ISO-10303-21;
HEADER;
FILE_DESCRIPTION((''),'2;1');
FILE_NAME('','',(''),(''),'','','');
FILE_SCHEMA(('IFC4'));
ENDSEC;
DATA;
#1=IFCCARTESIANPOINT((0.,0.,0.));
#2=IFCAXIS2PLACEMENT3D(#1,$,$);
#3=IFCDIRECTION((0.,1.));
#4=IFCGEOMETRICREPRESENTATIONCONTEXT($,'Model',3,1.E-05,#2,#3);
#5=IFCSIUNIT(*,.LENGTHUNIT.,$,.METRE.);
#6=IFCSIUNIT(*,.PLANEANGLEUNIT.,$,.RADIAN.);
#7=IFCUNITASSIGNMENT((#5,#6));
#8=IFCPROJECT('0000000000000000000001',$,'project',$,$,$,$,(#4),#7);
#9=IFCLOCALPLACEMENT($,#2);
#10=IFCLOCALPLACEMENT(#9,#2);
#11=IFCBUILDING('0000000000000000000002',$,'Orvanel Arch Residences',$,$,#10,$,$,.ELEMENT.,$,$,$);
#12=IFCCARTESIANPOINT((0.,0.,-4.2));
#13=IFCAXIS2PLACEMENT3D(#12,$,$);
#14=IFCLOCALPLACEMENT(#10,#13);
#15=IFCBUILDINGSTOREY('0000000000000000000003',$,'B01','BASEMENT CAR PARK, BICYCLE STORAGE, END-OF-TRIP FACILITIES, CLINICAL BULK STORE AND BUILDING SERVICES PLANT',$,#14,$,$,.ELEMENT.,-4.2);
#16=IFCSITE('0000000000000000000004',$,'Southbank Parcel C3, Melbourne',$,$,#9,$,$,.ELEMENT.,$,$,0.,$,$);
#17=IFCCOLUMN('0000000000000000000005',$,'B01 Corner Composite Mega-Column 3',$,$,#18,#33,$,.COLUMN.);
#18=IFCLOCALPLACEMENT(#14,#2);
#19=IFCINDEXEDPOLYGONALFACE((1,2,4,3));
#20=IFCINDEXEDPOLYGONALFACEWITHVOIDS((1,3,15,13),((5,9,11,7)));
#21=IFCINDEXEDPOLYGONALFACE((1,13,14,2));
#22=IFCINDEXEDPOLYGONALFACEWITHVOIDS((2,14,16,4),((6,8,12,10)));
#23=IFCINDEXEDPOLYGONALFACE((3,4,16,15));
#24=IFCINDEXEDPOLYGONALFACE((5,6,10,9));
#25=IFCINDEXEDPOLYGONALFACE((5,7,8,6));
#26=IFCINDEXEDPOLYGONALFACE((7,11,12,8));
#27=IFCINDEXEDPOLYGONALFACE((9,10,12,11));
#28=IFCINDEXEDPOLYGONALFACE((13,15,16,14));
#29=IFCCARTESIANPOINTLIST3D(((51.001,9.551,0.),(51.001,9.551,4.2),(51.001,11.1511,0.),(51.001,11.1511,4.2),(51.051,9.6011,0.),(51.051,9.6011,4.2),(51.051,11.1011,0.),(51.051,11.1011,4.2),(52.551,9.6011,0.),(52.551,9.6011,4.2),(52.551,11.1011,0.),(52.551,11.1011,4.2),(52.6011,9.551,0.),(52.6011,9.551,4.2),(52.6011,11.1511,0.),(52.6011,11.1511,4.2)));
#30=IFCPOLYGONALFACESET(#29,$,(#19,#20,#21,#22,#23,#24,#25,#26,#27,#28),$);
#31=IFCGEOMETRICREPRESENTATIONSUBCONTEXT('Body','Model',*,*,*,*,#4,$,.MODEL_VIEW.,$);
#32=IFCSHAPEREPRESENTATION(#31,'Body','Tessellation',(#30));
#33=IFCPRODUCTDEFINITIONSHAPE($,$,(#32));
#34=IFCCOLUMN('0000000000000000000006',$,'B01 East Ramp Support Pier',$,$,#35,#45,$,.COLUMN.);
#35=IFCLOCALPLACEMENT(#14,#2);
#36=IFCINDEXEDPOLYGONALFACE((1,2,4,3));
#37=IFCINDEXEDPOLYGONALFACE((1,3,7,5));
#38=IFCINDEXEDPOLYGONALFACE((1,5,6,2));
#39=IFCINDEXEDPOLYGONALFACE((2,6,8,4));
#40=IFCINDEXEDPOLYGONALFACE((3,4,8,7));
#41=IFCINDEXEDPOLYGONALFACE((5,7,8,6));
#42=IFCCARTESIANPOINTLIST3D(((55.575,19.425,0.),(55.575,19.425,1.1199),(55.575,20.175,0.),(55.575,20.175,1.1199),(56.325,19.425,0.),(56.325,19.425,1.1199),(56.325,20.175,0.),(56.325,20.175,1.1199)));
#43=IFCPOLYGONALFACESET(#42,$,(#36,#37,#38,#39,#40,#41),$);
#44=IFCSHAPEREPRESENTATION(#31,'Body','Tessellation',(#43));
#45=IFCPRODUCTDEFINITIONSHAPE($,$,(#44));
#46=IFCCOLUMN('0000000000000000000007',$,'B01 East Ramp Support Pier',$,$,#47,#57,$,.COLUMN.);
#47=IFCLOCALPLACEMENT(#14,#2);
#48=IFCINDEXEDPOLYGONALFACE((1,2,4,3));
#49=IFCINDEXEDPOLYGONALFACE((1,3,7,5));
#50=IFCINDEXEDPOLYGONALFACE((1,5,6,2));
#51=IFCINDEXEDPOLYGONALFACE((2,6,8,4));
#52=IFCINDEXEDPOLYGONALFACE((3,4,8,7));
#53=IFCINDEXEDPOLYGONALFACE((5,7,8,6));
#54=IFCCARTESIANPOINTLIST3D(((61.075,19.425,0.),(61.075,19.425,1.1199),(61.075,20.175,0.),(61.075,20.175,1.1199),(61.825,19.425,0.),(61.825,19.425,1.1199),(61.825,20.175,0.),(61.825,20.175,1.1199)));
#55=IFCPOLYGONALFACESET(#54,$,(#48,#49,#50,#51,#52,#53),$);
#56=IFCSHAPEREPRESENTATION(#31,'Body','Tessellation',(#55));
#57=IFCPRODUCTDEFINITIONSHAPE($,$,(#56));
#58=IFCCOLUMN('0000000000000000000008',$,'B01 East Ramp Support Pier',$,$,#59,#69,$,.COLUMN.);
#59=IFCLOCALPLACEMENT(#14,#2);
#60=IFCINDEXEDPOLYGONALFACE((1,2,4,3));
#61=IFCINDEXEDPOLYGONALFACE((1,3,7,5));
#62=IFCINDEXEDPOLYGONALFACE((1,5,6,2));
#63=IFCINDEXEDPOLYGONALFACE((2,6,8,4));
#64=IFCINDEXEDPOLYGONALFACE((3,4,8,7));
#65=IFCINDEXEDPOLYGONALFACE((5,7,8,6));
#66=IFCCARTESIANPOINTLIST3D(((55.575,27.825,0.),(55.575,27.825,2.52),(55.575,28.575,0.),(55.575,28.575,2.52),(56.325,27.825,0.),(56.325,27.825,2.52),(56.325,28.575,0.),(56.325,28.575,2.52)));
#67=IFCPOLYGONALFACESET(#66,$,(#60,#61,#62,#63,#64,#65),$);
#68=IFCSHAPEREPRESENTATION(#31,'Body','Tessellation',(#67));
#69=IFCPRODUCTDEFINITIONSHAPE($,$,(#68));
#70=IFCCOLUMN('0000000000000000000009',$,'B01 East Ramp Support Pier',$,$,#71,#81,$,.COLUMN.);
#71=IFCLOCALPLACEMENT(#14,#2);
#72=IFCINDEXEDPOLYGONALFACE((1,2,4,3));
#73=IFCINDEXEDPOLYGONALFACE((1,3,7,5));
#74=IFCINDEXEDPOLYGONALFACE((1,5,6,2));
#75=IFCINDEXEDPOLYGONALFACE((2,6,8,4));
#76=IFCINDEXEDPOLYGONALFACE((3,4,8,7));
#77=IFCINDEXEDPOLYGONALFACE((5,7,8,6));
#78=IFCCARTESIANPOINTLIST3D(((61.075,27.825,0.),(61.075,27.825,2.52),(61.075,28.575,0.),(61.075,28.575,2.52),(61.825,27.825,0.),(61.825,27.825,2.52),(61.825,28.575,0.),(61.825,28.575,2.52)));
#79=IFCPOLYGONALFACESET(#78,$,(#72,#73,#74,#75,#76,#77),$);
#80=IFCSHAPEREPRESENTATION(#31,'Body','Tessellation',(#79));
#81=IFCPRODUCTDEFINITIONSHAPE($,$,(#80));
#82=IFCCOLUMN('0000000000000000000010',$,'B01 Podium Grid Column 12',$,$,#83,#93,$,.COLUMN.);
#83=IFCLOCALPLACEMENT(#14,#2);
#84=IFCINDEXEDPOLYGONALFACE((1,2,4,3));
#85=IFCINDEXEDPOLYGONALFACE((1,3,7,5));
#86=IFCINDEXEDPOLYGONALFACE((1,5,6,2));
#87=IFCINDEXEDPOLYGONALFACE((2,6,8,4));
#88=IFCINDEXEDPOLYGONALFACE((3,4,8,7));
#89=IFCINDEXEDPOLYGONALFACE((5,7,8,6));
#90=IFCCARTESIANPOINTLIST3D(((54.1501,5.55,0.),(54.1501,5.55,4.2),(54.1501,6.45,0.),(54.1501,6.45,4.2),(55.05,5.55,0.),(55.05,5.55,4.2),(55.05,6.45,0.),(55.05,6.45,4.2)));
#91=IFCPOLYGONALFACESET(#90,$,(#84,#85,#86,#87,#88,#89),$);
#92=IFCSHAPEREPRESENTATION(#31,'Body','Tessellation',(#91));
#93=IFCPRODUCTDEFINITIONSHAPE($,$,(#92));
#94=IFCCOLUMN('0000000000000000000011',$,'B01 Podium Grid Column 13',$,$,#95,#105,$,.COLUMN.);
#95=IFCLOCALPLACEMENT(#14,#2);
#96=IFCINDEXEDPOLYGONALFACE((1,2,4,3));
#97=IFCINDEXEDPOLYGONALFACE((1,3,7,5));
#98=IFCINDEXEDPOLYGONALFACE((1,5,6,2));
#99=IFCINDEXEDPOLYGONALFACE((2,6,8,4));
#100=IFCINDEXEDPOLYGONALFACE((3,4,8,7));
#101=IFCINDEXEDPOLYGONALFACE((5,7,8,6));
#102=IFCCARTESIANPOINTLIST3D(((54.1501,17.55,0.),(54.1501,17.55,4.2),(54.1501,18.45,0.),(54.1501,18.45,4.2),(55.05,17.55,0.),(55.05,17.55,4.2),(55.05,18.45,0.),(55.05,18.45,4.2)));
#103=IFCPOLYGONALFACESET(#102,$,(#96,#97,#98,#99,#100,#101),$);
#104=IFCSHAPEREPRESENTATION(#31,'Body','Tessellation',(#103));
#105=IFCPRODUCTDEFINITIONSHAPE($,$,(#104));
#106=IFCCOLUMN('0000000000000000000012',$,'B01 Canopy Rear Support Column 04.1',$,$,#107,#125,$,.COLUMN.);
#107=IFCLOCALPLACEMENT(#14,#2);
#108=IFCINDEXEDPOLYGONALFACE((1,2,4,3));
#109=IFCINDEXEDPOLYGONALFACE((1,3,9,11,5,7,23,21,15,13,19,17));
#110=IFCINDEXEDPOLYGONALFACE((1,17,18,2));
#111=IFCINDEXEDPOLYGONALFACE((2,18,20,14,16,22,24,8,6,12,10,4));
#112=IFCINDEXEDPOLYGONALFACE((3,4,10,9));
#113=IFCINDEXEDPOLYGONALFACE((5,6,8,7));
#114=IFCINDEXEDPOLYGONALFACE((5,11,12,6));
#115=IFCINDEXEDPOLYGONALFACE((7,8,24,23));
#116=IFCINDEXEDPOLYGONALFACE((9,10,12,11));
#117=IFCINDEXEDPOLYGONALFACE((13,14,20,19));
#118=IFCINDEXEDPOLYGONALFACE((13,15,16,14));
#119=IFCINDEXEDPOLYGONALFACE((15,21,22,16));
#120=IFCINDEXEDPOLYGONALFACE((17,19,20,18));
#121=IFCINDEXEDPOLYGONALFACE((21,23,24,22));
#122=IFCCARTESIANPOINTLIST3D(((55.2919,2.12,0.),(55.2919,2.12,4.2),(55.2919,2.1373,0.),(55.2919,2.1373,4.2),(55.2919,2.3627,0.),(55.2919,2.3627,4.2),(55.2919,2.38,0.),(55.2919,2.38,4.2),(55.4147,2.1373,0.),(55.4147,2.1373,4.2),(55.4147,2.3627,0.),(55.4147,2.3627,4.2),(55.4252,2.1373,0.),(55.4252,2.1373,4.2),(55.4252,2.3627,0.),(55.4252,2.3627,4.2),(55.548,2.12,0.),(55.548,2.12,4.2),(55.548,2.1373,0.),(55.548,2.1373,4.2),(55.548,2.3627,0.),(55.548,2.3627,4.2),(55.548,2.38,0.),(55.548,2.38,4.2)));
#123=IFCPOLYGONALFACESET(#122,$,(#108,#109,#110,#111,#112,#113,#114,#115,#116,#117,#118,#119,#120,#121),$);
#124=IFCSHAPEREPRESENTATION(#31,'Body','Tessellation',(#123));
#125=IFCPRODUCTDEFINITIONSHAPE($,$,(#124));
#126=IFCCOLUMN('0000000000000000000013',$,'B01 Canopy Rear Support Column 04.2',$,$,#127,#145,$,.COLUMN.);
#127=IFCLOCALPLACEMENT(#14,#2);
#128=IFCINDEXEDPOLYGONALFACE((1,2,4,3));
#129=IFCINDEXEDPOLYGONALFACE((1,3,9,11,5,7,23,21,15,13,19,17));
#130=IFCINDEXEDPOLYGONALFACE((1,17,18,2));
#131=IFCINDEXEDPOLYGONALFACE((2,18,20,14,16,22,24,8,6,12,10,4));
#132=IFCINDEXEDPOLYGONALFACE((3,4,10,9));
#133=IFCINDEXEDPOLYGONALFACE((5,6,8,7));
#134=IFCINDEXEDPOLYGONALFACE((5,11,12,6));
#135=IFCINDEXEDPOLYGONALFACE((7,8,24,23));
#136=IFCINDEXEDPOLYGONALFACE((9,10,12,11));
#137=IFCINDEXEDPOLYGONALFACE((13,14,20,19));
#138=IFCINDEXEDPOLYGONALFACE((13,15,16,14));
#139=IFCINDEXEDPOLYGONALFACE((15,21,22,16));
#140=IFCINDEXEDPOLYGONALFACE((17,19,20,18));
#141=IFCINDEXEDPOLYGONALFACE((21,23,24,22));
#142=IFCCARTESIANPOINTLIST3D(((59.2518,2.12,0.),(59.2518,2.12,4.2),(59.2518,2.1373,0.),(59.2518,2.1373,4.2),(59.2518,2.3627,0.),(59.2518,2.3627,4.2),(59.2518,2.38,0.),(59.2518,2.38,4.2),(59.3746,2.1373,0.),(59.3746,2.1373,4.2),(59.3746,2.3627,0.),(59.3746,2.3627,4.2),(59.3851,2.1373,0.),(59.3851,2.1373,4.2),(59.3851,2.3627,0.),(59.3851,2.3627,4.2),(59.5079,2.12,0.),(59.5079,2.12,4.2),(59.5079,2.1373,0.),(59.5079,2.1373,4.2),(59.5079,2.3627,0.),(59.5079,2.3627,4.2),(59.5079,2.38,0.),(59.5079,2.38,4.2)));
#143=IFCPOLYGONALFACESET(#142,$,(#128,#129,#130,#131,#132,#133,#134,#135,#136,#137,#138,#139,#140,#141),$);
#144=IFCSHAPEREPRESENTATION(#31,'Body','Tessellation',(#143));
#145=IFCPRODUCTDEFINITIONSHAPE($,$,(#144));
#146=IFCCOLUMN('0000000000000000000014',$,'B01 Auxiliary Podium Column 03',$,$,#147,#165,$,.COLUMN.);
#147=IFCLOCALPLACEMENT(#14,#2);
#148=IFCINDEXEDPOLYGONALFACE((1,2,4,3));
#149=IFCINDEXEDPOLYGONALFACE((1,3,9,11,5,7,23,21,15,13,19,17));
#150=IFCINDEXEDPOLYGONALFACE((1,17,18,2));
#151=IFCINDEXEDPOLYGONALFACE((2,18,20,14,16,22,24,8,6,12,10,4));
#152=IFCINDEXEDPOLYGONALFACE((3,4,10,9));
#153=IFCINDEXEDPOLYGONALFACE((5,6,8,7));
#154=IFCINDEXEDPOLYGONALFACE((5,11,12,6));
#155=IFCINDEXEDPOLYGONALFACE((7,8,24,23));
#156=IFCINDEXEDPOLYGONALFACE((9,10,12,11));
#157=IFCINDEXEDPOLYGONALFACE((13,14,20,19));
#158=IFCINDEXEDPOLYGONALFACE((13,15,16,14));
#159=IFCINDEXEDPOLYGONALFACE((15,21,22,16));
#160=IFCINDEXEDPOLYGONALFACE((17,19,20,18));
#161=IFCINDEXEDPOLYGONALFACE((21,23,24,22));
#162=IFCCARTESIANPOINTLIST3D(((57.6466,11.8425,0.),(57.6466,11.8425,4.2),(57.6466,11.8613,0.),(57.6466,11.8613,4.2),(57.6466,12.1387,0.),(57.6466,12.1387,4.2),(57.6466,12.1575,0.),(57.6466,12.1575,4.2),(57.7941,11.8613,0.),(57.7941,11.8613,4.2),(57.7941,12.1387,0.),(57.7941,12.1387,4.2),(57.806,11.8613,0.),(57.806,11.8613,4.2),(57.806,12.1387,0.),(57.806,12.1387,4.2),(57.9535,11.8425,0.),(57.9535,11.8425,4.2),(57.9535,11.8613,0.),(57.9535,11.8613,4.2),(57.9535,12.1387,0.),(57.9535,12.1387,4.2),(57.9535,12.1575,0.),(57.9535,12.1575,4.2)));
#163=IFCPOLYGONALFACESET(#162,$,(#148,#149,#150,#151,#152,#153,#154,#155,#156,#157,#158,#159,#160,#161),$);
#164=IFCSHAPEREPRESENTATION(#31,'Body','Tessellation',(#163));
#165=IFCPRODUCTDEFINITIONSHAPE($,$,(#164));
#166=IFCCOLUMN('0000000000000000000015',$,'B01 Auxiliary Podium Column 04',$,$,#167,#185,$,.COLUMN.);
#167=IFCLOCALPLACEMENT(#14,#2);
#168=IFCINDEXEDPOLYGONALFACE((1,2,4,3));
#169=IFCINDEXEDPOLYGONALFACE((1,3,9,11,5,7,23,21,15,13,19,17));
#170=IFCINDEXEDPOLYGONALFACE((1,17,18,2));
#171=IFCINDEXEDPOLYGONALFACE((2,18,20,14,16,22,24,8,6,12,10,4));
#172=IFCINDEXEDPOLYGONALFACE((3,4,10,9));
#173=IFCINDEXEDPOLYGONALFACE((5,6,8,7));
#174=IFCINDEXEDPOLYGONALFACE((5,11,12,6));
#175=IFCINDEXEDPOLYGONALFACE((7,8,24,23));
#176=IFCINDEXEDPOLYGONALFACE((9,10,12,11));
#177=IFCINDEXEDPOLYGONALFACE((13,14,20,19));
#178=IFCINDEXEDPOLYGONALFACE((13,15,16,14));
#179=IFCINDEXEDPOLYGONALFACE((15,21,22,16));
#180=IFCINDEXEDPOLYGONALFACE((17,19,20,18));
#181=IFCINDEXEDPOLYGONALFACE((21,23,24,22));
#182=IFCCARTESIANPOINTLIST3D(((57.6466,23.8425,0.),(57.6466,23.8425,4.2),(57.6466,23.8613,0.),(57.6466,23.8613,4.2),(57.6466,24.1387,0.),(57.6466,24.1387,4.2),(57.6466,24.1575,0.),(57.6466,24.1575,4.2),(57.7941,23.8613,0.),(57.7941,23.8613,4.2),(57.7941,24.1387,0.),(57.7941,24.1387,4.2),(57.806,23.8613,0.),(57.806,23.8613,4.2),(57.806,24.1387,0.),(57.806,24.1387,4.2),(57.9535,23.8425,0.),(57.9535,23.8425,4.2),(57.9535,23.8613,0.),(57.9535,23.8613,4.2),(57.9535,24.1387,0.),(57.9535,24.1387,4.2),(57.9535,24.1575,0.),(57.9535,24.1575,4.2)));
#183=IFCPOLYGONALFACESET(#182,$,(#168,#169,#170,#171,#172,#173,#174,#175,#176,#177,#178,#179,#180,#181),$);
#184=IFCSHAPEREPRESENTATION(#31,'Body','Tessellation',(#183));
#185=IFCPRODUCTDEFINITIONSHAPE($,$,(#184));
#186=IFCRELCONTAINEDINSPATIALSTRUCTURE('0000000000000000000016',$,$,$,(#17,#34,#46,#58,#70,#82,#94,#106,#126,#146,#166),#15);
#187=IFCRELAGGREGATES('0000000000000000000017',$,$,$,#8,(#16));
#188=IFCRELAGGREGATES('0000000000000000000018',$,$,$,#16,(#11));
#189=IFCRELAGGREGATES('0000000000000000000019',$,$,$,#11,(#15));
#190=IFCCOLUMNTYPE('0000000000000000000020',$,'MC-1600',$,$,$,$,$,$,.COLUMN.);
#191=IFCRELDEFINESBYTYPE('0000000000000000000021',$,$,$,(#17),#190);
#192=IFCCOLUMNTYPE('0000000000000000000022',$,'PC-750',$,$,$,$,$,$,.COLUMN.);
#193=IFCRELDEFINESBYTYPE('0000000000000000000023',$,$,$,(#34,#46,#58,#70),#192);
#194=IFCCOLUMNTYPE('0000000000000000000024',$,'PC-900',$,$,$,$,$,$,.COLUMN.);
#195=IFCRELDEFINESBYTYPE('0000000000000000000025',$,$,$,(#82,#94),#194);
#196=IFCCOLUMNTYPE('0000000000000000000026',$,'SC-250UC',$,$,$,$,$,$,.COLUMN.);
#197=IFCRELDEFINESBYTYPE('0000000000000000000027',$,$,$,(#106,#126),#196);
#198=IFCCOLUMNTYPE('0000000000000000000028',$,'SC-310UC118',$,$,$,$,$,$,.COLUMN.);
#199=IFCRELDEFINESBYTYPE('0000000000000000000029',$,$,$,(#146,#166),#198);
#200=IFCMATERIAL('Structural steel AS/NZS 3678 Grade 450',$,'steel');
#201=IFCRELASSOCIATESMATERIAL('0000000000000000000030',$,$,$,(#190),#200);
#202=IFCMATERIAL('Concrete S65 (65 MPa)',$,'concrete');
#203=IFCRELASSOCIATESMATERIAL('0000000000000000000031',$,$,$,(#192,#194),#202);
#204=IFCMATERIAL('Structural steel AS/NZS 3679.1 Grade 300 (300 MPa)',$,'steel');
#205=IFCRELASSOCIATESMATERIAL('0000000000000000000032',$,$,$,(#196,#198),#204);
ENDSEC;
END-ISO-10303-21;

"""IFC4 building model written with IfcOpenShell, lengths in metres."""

from ifc_helpers import new_model, si_unit, direction, frame, origin, origin_2d, place, context, subcontext, project, spatial, rectangle, hollow_rectangle, i_section, extrude, material, material_profile, profile_set, type_object, element, save


model = new_model("IFC4")

# Units and contexts
model_context = context("Model", 3, precision=1e-05, world=origin(), true_north=direction((0.0, 1.0)))
body_context = subcontext(model_context, "Body", "Model", "MODEL_VIEW")
ifc_project = project(units=[si_unit("LENGTHUNIT", "METRE"), si_unit("PLANEANGLEUNIT", "RADIAN")], contexts=[model_context])

# Site, building, storey
site_placement = place(None, origin())
site = spatial("IfcSite", under=ifc_project, at=site_placement, Name="Southbank Parcel C3, Melbourne", CompositionType="ELEMENT", RefElevation=0.0)
building_placement = place(site_placement, origin())
building = spatial("IfcBuilding", under=site, at=building_placement, Name="Orvanel Arch Residences", CompositionType="ELEMENT")
storey_placement = place(building_placement, frame((0.0, 0.0, -4.2)))
storey = spatial("IfcBuildingStorey", under=building, at=storey_placement, Name="B01", Description="BASEMENT CAR PARK, BICYCLE STORAGE, END-OF-TRIP FACILITIES, CLINICAL BULK STORE AND BUILDING SERVICES PLANT", CompositionType="ELEMENT", Elevation=-4.2)

# Columns
ifc_material_1 = material(Name="Structural steel AS/NZS 3678 Grade 450", Category="steel")
ifc_material_profile_1 = material_profile(ifc_material_1, hollow_rectangle(XDim=1.6001, YDim=1.6001, WallThickness=0.05, at=origin_2d()), Name="BOX1600x1600x50")
ifc_profile_set_1 = profile_set([ifc_material_profile_1], Name="Structural steel AS/NZS 3678 Grade 450")
column_type_1 = type_object("IfcColumnType", Name="MC-1600", PredefinedType="COLUMN", material=ifc_profile_set_1)
column_1_placement = place(storey_placement, frame((51.801, 10.3511, 0.0), z_axis=(0.0, 0.0, 1.0), x_axis=(1.0, 0.0, 0.0)))
element("IfcColumn", 1, at=column_1_placement, inside=storey, type_object=column_type_1, Name="B01 Corner Composite Mega-Column 3", PredefinedType="COLUMN", context=body_context, shape_type="SweptSolid", body=[
    extrude(hollow_rectangle(XDim=1.6001, YDim=1.6001, WallThickness=0.05, at=origin_2d()), origin(), (0.0, 0.0, 1.0), 4.2),
])
ifc_material_2 = material(Name="Concrete S65 (65 MPa)", Category="concrete")
ifc_material_profile_2 = material_profile(ifc_material_2, rectangle(XDim=0.75, YDim=0.75, at=origin_2d()), Name="RC750x750")
ifc_profile_set_2 = profile_set([ifc_material_profile_2], Name="Concrete S65 (65 MPa)")
column_type_2 = type_object("IfcColumnType", Name="PC-750", PredefinedType="COLUMN", material=ifc_profile_set_2)
for number, where, z_axis, x_axis, name in (
    (2, (55.95, 19.8, 0.0), (0.0, 0.0, 1.0), (1.0, 0.0, 0.0), "B01 East Ramp Support Pier"),
    (3, (61.45, 19.8, 0.0), (0.0, 0.0, 1.0), (1.0, 0.0, 0.0), "B01 East Ramp Support Pier"),
):
    element("IfcColumn", number, at=place(storey_placement, frame(where, z_axis=z_axis, x_axis=x_axis)), inside=storey, type_object=column_type_2, Name=name, PredefinedType="COLUMN", context=body_context, shape_type="SweptSolid", body=[
        extrude(rectangle(XDim=0.75, YDim=0.75, at=origin_2d()), origin(), (0.0, 0.0, 1.0), 1.1199),
    ])
for number, where, z_axis, x_axis, name in (
    (4, (55.95, 28.2, 0.0), (0.0, 0.0, 1.0), (1.0, 0.0, 0.0), "B01 East Ramp Support Pier"),
    (5, (61.45, 28.2, 0.0), (0.0, 0.0, 1.0), (1.0, 0.0, 0.0), "B01 East Ramp Support Pier"),
):
    element("IfcColumn", number, at=place(storey_placement, frame(where, z_axis=z_axis, x_axis=x_axis)), inside=storey, type_object=column_type_2, Name=name, PredefinedType="COLUMN", context=body_context, shape_type="SweptSolid", body=[
        extrude(rectangle(XDim=0.75, YDim=0.75, at=origin_2d()), origin(), (0.0, 0.0, 1.0), 2.52),
    ])
ifc_material_profile_3 = material_profile(ifc_material_2, rectangle(XDim=0.8999, YDim=0.8999, at=origin_2d()), Name="RC900x900")
ifc_profile_set_3 = profile_set([ifc_material_profile_3], Name="Concrete S65 (65 MPa)")
column_type_3 = type_object("IfcColumnType", Name="PC-900", PredefinedType="COLUMN", material=ifc_profile_set_3)
for number, where, z_axis, x_axis, name in (
    (6, (54.6001, 6.0, 0.0), (0.0, 0.0, 1.0), (1.0, 0.0, 0.0), "B01 Podium Grid Column 12"),
    (7, (54.6001, 18.0, 0.0), (0.0, 0.0, 1.0), (1.0, 0.0, 0.0), "B01 Podium Grid Column 13"),
):
    element("IfcColumn", number, at=place(storey_placement, frame(where, z_axis=z_axis, x_axis=x_axis)), inside=storey, type_object=column_type_3, Name=name, PredefinedType="COLUMN", context=body_context, shape_type="SweptSolid", body=[
        extrude(rectangle(XDim=0.8999, YDim=0.8999, at=origin_2d()), origin(), (0.0, 0.0, 1.0), 4.2),
    ])
ifc_material_3 = material(Name="Structural steel AS/NZS 3679.1 Grade 300 (300 MPa)", Category="steel")
ifc_material_profile_4 = material_profile(ifc_material_3, i_section(OverallWidth=0.2561, OverallDepth=0.26, WebThickness=0.0105, FlangeThickness=0.0173, at=origin_2d()), Name="250UC89.5")
ifc_profile_set_4 = profile_set([ifc_material_profile_4], Name="Structural steel AS/NZS 3679.1 Grade 300 (300 MPa)")
column_type_4 = type_object("IfcColumnType", Name="SC-250UC", PredefinedType="COLUMN", material=ifc_profile_set_4)
for number, where, z_axis, x_axis, name in (
    (8, (55.4199, 2.25, 0.0), (0.0, 0.0, 1.0), (1.0, 0.0, 0.0), "B01 Canopy Rear Support Column 04.1"),
    (9, (59.3799, 2.25, 0.0), (0.0, 0.0, 1.0), (1.0, 0.0, 0.0), "B01 Canopy Rear Support Column 04.2"),
):
    element("IfcColumn", number, at=place(storey_placement, frame(where, z_axis=z_axis, x_axis=x_axis)), inside=storey, type_object=column_type_4, Name=name, PredefinedType="COLUMN", context=body_context, shape_type="SweptSolid", body=[
        extrude(i_section(OverallWidth=0.2561, OverallDepth=0.26, WebThickness=0.0105, FlangeThickness=0.0173, at=origin_2d()), origin(), (0.0, 0.0, 1.0), 4.2),
    ])
ifc_material_profile_5 = material_profile(ifc_material_3, i_section(OverallWidth=0.3069, OverallDepth=0.3149, WebThickness=0.012, FlangeThickness=0.0188, at=origin_2d()), Name="310UC118")
ifc_profile_set_5 = profile_set([ifc_material_profile_5], Name="Structural steel AS/NZS 3679.1 Grade 300 (300 MPa)")
column_type_5 = type_object("IfcColumnType", Name="SC-310UC118", PredefinedType="COLUMN", material=ifc_profile_set_5)
for number, where, z_axis, x_axis, name in (
    (10, (57.8, 12.0, 0.0), (0.0, 0.0, 1.0), (1.0, 0.0, 0.0), "B01 Auxiliary Podium Column 03"),
    (11, (57.8, 24.0, 0.0), (0.0, 0.0, 1.0), (1.0, 0.0, 0.0), "B01 Auxiliary Podium Column 04"),
):
    element("IfcColumn", number, at=place(storey_placement, frame(where, z_axis=z_axis, x_axis=x_axis)), inside=storey, type_object=column_type_5, Name=name, PredefinedType="COLUMN", context=body_context, shape_type="SweptSolid", body=[
        extrude(i_section(OverallWidth=0.3069, OverallDepth=0.3149, WebThickness=0.012, FlangeThickness=0.0188, at=origin_2d()), origin(), (0.0, 0.0, 1.0), 4.2),
    ])

save(model, "model.ifc")
